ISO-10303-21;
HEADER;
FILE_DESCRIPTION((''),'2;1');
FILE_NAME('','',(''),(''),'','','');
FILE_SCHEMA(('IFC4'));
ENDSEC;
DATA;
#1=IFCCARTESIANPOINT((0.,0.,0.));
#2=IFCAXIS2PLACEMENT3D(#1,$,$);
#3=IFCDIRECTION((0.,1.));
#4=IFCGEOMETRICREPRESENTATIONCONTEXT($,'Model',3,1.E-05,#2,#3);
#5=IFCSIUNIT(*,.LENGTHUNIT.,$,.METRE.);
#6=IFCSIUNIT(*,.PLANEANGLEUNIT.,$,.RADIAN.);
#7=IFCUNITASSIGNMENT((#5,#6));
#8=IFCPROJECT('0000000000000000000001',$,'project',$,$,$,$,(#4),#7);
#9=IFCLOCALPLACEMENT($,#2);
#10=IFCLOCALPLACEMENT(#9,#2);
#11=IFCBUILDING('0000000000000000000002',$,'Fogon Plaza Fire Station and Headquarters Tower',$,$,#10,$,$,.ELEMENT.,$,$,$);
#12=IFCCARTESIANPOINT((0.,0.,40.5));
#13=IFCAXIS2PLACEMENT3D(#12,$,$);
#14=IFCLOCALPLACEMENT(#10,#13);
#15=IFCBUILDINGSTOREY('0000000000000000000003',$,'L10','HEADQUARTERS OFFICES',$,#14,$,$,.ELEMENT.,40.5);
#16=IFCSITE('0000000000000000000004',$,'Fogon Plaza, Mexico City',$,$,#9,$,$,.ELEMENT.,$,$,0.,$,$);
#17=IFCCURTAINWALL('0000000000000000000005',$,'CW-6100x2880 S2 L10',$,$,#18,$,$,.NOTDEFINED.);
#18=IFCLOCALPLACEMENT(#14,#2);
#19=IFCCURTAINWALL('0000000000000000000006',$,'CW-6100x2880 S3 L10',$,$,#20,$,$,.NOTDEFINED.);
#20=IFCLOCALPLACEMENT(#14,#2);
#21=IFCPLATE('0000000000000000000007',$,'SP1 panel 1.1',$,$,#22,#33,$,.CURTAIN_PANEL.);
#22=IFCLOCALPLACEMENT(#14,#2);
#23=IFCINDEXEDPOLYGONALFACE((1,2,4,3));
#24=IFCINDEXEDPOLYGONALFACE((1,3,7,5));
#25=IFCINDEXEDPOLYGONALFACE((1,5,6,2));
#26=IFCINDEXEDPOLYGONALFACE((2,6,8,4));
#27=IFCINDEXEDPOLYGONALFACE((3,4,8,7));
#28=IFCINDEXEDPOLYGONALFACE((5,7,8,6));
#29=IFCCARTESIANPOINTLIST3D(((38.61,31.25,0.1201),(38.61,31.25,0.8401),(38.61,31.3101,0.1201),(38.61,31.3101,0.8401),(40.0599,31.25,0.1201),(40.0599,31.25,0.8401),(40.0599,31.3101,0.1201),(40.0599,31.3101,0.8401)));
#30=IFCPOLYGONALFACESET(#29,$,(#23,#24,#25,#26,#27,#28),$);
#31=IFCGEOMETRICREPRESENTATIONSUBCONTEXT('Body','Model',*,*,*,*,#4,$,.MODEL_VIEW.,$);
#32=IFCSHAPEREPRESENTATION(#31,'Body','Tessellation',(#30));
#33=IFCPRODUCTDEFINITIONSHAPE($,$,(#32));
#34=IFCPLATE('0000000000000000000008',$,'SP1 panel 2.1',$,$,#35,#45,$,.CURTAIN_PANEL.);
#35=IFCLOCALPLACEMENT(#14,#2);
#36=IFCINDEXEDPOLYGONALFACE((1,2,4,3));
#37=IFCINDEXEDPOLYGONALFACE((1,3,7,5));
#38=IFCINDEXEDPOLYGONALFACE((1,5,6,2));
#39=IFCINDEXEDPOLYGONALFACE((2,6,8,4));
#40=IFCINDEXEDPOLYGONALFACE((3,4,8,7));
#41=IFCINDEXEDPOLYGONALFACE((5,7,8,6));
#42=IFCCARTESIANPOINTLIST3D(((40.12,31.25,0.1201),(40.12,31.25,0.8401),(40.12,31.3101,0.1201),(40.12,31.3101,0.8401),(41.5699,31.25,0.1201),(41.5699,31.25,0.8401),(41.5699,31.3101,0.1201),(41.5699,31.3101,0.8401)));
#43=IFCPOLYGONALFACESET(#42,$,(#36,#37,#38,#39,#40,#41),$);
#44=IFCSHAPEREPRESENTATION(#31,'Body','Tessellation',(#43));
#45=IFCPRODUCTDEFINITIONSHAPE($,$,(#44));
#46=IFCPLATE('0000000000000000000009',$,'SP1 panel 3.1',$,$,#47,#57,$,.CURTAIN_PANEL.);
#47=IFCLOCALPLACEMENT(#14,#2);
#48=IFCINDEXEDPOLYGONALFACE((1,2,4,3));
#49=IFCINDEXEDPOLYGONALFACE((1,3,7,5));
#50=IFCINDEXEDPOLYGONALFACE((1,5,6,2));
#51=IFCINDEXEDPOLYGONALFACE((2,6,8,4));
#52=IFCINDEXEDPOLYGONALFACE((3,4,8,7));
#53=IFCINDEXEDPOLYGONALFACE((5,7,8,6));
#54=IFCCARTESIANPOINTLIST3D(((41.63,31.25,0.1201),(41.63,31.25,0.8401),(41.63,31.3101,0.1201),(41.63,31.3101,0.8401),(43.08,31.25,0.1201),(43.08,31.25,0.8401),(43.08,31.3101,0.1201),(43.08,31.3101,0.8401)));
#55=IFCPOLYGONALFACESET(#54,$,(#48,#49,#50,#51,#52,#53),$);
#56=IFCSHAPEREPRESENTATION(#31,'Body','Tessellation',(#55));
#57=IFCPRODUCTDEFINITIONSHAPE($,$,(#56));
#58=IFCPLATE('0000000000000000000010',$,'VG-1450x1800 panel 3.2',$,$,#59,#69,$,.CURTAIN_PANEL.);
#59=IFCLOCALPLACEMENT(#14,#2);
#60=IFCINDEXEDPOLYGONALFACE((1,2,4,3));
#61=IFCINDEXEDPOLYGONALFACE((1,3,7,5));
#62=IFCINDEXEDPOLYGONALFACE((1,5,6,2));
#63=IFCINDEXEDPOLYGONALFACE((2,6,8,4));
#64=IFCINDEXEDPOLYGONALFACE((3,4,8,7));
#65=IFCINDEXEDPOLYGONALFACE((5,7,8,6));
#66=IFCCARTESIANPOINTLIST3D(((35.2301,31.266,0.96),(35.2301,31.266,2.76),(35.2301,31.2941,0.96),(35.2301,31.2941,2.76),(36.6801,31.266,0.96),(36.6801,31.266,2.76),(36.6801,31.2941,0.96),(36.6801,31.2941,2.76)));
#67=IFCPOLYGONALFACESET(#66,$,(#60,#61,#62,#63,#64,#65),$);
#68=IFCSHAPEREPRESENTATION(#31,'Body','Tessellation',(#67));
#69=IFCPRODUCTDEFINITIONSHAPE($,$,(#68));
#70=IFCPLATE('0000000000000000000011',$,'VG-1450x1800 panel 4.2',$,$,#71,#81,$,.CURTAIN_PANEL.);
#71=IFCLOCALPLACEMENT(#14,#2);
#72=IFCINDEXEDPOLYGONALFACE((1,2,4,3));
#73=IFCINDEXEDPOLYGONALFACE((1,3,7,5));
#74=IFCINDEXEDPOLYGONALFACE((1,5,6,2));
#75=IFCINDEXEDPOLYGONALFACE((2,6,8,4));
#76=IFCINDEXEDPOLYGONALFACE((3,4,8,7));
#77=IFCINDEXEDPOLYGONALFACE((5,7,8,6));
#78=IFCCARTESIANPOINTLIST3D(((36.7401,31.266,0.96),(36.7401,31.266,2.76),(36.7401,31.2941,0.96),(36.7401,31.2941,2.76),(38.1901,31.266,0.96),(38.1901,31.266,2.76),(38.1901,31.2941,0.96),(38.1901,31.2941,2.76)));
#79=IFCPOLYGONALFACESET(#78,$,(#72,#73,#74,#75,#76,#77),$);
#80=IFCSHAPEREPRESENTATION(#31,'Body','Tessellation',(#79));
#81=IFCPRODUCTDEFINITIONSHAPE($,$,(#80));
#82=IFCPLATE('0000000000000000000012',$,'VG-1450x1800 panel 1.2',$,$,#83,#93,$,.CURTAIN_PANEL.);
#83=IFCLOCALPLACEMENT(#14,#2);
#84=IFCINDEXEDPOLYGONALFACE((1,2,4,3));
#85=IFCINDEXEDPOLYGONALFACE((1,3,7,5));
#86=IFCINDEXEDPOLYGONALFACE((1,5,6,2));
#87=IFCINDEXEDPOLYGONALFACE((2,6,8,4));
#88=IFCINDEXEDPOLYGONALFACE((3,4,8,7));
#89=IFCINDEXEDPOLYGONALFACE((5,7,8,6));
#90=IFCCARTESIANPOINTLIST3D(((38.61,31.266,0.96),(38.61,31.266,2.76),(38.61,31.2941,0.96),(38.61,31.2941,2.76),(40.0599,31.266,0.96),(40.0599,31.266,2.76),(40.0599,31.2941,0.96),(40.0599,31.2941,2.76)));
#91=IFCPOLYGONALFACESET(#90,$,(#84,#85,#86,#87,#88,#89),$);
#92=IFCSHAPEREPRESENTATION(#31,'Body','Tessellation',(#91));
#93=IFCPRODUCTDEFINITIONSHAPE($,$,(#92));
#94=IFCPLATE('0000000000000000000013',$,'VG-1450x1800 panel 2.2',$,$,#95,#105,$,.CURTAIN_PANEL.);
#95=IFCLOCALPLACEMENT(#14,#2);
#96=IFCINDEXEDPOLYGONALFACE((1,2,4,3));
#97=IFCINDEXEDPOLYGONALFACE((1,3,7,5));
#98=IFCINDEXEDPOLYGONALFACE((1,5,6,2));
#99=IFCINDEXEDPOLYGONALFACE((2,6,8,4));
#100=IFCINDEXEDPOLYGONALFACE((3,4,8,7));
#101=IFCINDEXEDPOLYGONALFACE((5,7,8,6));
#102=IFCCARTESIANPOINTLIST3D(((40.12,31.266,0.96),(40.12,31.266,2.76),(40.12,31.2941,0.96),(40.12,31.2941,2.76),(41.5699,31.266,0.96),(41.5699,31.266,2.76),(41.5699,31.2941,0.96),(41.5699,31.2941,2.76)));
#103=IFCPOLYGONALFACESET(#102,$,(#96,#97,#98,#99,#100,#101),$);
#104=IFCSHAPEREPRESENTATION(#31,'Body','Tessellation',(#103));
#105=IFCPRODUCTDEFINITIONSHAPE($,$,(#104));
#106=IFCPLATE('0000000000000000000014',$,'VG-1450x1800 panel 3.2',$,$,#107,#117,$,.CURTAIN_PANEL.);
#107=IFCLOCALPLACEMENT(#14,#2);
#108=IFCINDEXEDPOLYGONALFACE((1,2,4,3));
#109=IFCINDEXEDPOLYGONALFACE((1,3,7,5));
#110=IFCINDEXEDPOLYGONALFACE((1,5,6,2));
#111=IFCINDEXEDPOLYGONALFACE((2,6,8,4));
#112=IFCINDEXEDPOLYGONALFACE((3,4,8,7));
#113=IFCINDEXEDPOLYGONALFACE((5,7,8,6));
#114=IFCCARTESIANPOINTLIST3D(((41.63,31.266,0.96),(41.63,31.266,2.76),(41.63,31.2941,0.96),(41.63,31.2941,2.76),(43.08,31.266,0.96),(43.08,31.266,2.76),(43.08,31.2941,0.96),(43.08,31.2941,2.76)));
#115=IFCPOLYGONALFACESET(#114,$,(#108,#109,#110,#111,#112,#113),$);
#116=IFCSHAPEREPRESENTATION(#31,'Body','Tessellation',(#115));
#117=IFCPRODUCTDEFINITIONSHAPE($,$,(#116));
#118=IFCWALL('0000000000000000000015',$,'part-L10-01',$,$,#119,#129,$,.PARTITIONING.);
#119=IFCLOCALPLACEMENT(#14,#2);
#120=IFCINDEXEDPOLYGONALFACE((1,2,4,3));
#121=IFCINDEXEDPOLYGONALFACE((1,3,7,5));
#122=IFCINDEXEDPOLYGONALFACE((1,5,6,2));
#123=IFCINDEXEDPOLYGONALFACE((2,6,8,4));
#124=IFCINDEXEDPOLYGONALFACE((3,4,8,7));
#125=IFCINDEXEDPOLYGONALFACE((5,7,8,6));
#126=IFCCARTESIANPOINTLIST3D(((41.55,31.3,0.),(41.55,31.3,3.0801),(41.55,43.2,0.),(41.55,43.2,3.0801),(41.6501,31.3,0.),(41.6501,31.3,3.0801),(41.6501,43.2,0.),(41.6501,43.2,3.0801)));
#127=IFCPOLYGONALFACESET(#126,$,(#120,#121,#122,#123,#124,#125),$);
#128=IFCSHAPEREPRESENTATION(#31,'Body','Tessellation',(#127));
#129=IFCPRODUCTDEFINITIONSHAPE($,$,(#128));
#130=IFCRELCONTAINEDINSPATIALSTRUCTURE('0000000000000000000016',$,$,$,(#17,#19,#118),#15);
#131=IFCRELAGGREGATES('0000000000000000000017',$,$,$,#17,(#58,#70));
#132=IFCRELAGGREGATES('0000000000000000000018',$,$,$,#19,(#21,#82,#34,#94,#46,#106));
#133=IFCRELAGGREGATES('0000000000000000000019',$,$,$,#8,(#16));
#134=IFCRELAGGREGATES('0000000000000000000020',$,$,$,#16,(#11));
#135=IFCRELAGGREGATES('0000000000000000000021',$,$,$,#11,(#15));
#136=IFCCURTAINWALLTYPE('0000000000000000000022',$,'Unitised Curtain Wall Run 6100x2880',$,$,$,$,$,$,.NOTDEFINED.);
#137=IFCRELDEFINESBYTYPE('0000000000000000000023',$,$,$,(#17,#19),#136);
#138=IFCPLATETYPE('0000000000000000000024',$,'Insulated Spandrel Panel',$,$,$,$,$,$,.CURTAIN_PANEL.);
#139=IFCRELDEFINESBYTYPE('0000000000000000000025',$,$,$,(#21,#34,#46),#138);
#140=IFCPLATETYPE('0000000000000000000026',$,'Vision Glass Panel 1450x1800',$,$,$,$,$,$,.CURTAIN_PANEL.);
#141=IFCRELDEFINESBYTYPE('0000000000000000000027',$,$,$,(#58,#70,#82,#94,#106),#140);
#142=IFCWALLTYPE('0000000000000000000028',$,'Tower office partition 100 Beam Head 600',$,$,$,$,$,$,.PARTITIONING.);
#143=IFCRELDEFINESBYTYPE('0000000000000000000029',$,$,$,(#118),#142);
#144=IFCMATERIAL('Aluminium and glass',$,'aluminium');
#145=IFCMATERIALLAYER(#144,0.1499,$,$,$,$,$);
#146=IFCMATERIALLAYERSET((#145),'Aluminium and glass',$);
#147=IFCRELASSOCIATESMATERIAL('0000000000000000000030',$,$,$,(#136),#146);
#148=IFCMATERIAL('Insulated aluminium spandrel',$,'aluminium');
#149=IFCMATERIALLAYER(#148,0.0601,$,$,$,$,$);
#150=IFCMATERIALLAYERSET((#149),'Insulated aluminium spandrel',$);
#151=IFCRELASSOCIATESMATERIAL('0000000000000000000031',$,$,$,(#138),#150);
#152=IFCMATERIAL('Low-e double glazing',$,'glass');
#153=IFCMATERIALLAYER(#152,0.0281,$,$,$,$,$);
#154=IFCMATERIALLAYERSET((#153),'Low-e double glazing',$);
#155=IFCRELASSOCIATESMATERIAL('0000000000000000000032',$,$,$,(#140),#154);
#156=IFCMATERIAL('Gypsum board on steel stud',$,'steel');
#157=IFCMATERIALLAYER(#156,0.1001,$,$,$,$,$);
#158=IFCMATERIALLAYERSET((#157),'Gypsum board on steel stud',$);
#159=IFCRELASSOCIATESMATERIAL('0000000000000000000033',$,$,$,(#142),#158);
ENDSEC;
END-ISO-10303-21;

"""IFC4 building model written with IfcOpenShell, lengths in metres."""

from ifc_helpers import new_model, si_unit, direction, frame, frame_2d, origin, origin_2d, place, context, subcontext, project, spatial, rectangle, extrude, material, layer, layer_set, type_object, element, aggregate, save


model = new_model("IFC4")

# Units and contexts
model_context = context("Model", 3, precision=1e-05, world=origin(), true_north=direction((0.0, 1.0)))
body_context = subcontext(model_context, "Body", "Model", "MODEL_VIEW")
ifc_project = project(units=[si_unit("LENGTHUNIT", "METRE"), si_unit("PLANEANGLEUNIT", "RADIAN")], contexts=[model_context])

# Site, building, storey
site_placement = place(None, origin())
site = spatial("IfcSite", under=ifc_project, at=site_placement, Name="Fogon Plaza, Mexico City", CompositionType="ELEMENT", RefElevation=0.0)
building_placement = place(site_placement, origin())
building = spatial("IfcBuilding", under=site, at=building_placement, Name="Fogon Plaza Fire Station and Headquarters Tower", CompositionType="ELEMENT")
storey_placement = place(building_placement, frame((0.0, 0.0, 40.5)))
storey = spatial("IfcBuildingStorey", under=building, at=storey_placement, Name="L10", Description="HEADQUARTERS OFFICES", CompositionType="ELEMENT", Elevation=40.5)

# Curtain walls
ifc_material_1 = material(Name="Aluminium and glass", Category="aluminium")
ifc_layer_1 = layer(ifc_material_1, 0.1499)
ifc_layer_set_1 = layer_set([ifc_layer_1], Name="Aluminium and glass")
curtain_wall_type = type_object("IfcCurtainWallType", Name="Unitised Curtain Wall Run 6100x2880", PredefinedType="NOTDEFINED", material=ifc_layer_set_1)
curtain_wall_1_placement = place(storey_placement, origin())
curtain_wall_1 = element("IfcCurtainWall", 1, at=curtain_wall_1_placement, inside=storey, type_object=curtain_wall_type, Name="CW-6100x2880 S2 L10", PredefinedType="NOTDEFINED")
curtain_wall_2_placement = place(storey_placement, origin())
curtain_wall_2 = element("IfcCurtainWall", 2, at=curtain_wall_2_placement, inside=storey, type_object=curtain_wall_type, Name="CW-6100x2880 S3 L10", PredefinedType="NOTDEFINED")

# Plates
ifc_material_2 = material(Name="Insulated aluminium spandrel", Category="aluminium")
ifc_layer_2 = layer(ifc_material_2, 0.0601)
ifc_layer_set_2 = layer_set([ifc_layer_2], Name="Insulated aluminium spandrel")
plate_type_1 = type_object("IfcPlateType", Name="Insulated Spandrel Panel", PredefinedType="CURTAIN_PANEL", material=ifc_layer_set_2)
plate_1_placement = place(storey_placement, frame((39.335, 31.28, 0.1201), z_axis=(0.0, 0.0, 1.0), x_axis=(1.0, 0.0, 0.0)))
plate_1 = element("IfcPlate", 3, at=plate_1_placement, type_object=plate_type_1, Name="SP1 panel 1.1", PredefinedType="CURTAIN_PANEL", context=body_context, shape_type="SweptSolid", body=[
    extrude(rectangle(XDim=1.45, YDim=0.0601, at=origin_2d()), origin(), (0.0, 0.0, 1.0), 0.72),
])
plate_2_placement = place(storey_placement, frame((40.845, 31.28, 0.1201), z_axis=(0.0, 0.0, 1.0), x_axis=(1.0, 0.0, 0.0)))
plate_2 = element("IfcPlate", 4, at=plate_2_placement, type_object=plate_type_1, Name="SP1 panel 2.1", PredefinedType="CURTAIN_PANEL", context=body_context, shape_type="SweptSolid", body=[
    extrude(rectangle(XDim=1.45, YDim=0.0601, at=origin_2d()), origin(), (0.0, 0.0, 1.0), 0.72),
])
plate_3_placement = place(storey_placement, frame((42.355, 31.28, 0.1201), z_axis=(0.0, 0.0, 1.0), x_axis=(1.0, 0.0, 0.0)))
plate_3 = element("IfcPlate", 5, at=plate_3_placement, type_object=plate_type_1, Name="SP1 panel 3.1", PredefinedType="CURTAIN_PANEL", context=body_context, shape_type="SweptSolid", body=[
    extrude(rectangle(XDim=1.45, YDim=0.0601, at=origin_2d()), origin(), (0.0, 0.0, 1.0), 0.72),
])
ifc_material_3 = material(Name="Low-e double glazing", Category="glass")
ifc_layer_3 = layer(ifc_material_3, 0.0281)
ifc_layer_set_3 = layer_set([ifc_layer_3], Name="Low-e double glazing")
plate_type_2 = type_object("IfcPlateType", Name="Vision Glass Panel 1450x1800", PredefinedType="CURTAIN_PANEL", material=ifc_layer_set_3)
plate_4_placement = place(storey_placement, frame((35.9551, 31.28, 0.96), z_axis=(0.0, 0.0, 1.0), x_axis=(1.0, 0.0, 0.0)))
plate_4 = element("IfcPlate", 6, at=plate_4_placement, type_object=plate_type_2, Name="VG-1450x1800 panel 3.2", PredefinedType="CURTAIN_PANEL", context=body_context, shape_type="SweptSolid", body=[
    extrude(rectangle(XDim=1.45, YDim=0.0281, at=origin_2d()), origin(), (0.0, 0.0, 1.0), 1.8),
])
plate_5_placement = place(storey_placement, frame((37.4651, 31.28, 0.96), z_axis=(0.0, 0.0, 1.0), x_axis=(1.0, 0.0, 0.0)))
plate_5 = element("IfcPlate", 7, at=plate_5_placement, type_object=plate_type_2, Name="VG-1450x1800 panel 4.2", PredefinedType="CURTAIN_PANEL", context=body_context, shape_type="SweptSolid", body=[
    extrude(rectangle(XDim=1.45, YDim=0.0281, at=origin_2d()), origin(), (0.0, 0.0, 1.0), 1.8),
])
aggregate(curtain_wall_1, [plate_4, plate_5])
plate_6_placement = place(storey_placement, frame((39.335, 31.28, 0.96), z_axis=(0.0, 0.0, 1.0), x_axis=(1.0, 0.0, 0.0)))
plate_6 = element("IfcPlate", 8, at=plate_6_placement, type_object=plate_type_2, Name="VG-1450x1800 panel 1.2", PredefinedType="CURTAIN_PANEL", context=body_context, shape_type="SweptSolid", body=[
    extrude(rectangle(XDim=1.45, YDim=0.0281, at=origin_2d()), origin(), (0.0, 0.0, 1.0), 1.8),
])
plate_7_placement = place(storey_placement, frame((40.845, 31.28, 0.96), z_axis=(0.0, 0.0, 1.0), x_axis=(1.0, 0.0, 0.0)))
plate_7 = element("IfcPlate", 9, at=plate_7_placement, type_object=plate_type_2, Name="VG-1450x1800 panel 2.2", PredefinedType="CURTAIN_PANEL", context=body_context, shape_type="SweptSolid", body=[
    extrude(rectangle(XDim=1.45, YDim=0.0281, at=origin_2d()), origin(), (0.0, 0.0, 1.0), 1.8),
])
plate_8_placement = place(storey_placement, frame((42.355, 31.28, 0.96), z_axis=(0.0, 0.0, 1.0), x_axis=(1.0, 0.0, 0.0)))
plate_8 = element("IfcPlate", 10, at=plate_8_placement, type_object=plate_type_2, Name="VG-1450x1800 panel 3.2", PredefinedType="CURTAIN_PANEL", context=body_context, shape_type="SweptSolid", body=[
    extrude(rectangle(XDim=1.45, YDim=0.0281, at=origin_2d()), origin(), (0.0, 0.0, 1.0), 1.8),
])
aggregate(curtain_wall_2, [plate_1, plate_6, plate_2, plate_7, plate_3, plate_8])

# Wall
ifc_material_4 = material(Name="Gypsum board on steel stud", Category="steel")
ifc_layer_4 = layer(ifc_material_4, 0.1001)
ifc_layer_set_4 = layer_set([ifc_layer_4], Name="Gypsum board on steel stud")
wall_type = type_object("IfcWallType", Name="Tower office partition 100 Beam Head 600", PredefinedType="PARTITIONING", material=ifc_layer_set_4)
wall_placement = place(storey_placement, frame((41.6001, 31.3, 0.0), z_axis=(0.0, 0.0, 1.0), x_axis=(0.0, 1.0, 0.0)))
element("IfcWall", 11, at=wall_placement, inside=storey, type_object=wall_type, Name="part-L10-01", PredefinedType="PARTITIONING", context=body_context, shape_type="SweptSolid", body=[
    extrude(rectangle(XDim=11.8999, YDim=0.1001, at=frame_2d((5.95, 0.0))), origin(), (0.0, 0.0, 1.0), 3.0801),
])

save(model, "model.ifc")
